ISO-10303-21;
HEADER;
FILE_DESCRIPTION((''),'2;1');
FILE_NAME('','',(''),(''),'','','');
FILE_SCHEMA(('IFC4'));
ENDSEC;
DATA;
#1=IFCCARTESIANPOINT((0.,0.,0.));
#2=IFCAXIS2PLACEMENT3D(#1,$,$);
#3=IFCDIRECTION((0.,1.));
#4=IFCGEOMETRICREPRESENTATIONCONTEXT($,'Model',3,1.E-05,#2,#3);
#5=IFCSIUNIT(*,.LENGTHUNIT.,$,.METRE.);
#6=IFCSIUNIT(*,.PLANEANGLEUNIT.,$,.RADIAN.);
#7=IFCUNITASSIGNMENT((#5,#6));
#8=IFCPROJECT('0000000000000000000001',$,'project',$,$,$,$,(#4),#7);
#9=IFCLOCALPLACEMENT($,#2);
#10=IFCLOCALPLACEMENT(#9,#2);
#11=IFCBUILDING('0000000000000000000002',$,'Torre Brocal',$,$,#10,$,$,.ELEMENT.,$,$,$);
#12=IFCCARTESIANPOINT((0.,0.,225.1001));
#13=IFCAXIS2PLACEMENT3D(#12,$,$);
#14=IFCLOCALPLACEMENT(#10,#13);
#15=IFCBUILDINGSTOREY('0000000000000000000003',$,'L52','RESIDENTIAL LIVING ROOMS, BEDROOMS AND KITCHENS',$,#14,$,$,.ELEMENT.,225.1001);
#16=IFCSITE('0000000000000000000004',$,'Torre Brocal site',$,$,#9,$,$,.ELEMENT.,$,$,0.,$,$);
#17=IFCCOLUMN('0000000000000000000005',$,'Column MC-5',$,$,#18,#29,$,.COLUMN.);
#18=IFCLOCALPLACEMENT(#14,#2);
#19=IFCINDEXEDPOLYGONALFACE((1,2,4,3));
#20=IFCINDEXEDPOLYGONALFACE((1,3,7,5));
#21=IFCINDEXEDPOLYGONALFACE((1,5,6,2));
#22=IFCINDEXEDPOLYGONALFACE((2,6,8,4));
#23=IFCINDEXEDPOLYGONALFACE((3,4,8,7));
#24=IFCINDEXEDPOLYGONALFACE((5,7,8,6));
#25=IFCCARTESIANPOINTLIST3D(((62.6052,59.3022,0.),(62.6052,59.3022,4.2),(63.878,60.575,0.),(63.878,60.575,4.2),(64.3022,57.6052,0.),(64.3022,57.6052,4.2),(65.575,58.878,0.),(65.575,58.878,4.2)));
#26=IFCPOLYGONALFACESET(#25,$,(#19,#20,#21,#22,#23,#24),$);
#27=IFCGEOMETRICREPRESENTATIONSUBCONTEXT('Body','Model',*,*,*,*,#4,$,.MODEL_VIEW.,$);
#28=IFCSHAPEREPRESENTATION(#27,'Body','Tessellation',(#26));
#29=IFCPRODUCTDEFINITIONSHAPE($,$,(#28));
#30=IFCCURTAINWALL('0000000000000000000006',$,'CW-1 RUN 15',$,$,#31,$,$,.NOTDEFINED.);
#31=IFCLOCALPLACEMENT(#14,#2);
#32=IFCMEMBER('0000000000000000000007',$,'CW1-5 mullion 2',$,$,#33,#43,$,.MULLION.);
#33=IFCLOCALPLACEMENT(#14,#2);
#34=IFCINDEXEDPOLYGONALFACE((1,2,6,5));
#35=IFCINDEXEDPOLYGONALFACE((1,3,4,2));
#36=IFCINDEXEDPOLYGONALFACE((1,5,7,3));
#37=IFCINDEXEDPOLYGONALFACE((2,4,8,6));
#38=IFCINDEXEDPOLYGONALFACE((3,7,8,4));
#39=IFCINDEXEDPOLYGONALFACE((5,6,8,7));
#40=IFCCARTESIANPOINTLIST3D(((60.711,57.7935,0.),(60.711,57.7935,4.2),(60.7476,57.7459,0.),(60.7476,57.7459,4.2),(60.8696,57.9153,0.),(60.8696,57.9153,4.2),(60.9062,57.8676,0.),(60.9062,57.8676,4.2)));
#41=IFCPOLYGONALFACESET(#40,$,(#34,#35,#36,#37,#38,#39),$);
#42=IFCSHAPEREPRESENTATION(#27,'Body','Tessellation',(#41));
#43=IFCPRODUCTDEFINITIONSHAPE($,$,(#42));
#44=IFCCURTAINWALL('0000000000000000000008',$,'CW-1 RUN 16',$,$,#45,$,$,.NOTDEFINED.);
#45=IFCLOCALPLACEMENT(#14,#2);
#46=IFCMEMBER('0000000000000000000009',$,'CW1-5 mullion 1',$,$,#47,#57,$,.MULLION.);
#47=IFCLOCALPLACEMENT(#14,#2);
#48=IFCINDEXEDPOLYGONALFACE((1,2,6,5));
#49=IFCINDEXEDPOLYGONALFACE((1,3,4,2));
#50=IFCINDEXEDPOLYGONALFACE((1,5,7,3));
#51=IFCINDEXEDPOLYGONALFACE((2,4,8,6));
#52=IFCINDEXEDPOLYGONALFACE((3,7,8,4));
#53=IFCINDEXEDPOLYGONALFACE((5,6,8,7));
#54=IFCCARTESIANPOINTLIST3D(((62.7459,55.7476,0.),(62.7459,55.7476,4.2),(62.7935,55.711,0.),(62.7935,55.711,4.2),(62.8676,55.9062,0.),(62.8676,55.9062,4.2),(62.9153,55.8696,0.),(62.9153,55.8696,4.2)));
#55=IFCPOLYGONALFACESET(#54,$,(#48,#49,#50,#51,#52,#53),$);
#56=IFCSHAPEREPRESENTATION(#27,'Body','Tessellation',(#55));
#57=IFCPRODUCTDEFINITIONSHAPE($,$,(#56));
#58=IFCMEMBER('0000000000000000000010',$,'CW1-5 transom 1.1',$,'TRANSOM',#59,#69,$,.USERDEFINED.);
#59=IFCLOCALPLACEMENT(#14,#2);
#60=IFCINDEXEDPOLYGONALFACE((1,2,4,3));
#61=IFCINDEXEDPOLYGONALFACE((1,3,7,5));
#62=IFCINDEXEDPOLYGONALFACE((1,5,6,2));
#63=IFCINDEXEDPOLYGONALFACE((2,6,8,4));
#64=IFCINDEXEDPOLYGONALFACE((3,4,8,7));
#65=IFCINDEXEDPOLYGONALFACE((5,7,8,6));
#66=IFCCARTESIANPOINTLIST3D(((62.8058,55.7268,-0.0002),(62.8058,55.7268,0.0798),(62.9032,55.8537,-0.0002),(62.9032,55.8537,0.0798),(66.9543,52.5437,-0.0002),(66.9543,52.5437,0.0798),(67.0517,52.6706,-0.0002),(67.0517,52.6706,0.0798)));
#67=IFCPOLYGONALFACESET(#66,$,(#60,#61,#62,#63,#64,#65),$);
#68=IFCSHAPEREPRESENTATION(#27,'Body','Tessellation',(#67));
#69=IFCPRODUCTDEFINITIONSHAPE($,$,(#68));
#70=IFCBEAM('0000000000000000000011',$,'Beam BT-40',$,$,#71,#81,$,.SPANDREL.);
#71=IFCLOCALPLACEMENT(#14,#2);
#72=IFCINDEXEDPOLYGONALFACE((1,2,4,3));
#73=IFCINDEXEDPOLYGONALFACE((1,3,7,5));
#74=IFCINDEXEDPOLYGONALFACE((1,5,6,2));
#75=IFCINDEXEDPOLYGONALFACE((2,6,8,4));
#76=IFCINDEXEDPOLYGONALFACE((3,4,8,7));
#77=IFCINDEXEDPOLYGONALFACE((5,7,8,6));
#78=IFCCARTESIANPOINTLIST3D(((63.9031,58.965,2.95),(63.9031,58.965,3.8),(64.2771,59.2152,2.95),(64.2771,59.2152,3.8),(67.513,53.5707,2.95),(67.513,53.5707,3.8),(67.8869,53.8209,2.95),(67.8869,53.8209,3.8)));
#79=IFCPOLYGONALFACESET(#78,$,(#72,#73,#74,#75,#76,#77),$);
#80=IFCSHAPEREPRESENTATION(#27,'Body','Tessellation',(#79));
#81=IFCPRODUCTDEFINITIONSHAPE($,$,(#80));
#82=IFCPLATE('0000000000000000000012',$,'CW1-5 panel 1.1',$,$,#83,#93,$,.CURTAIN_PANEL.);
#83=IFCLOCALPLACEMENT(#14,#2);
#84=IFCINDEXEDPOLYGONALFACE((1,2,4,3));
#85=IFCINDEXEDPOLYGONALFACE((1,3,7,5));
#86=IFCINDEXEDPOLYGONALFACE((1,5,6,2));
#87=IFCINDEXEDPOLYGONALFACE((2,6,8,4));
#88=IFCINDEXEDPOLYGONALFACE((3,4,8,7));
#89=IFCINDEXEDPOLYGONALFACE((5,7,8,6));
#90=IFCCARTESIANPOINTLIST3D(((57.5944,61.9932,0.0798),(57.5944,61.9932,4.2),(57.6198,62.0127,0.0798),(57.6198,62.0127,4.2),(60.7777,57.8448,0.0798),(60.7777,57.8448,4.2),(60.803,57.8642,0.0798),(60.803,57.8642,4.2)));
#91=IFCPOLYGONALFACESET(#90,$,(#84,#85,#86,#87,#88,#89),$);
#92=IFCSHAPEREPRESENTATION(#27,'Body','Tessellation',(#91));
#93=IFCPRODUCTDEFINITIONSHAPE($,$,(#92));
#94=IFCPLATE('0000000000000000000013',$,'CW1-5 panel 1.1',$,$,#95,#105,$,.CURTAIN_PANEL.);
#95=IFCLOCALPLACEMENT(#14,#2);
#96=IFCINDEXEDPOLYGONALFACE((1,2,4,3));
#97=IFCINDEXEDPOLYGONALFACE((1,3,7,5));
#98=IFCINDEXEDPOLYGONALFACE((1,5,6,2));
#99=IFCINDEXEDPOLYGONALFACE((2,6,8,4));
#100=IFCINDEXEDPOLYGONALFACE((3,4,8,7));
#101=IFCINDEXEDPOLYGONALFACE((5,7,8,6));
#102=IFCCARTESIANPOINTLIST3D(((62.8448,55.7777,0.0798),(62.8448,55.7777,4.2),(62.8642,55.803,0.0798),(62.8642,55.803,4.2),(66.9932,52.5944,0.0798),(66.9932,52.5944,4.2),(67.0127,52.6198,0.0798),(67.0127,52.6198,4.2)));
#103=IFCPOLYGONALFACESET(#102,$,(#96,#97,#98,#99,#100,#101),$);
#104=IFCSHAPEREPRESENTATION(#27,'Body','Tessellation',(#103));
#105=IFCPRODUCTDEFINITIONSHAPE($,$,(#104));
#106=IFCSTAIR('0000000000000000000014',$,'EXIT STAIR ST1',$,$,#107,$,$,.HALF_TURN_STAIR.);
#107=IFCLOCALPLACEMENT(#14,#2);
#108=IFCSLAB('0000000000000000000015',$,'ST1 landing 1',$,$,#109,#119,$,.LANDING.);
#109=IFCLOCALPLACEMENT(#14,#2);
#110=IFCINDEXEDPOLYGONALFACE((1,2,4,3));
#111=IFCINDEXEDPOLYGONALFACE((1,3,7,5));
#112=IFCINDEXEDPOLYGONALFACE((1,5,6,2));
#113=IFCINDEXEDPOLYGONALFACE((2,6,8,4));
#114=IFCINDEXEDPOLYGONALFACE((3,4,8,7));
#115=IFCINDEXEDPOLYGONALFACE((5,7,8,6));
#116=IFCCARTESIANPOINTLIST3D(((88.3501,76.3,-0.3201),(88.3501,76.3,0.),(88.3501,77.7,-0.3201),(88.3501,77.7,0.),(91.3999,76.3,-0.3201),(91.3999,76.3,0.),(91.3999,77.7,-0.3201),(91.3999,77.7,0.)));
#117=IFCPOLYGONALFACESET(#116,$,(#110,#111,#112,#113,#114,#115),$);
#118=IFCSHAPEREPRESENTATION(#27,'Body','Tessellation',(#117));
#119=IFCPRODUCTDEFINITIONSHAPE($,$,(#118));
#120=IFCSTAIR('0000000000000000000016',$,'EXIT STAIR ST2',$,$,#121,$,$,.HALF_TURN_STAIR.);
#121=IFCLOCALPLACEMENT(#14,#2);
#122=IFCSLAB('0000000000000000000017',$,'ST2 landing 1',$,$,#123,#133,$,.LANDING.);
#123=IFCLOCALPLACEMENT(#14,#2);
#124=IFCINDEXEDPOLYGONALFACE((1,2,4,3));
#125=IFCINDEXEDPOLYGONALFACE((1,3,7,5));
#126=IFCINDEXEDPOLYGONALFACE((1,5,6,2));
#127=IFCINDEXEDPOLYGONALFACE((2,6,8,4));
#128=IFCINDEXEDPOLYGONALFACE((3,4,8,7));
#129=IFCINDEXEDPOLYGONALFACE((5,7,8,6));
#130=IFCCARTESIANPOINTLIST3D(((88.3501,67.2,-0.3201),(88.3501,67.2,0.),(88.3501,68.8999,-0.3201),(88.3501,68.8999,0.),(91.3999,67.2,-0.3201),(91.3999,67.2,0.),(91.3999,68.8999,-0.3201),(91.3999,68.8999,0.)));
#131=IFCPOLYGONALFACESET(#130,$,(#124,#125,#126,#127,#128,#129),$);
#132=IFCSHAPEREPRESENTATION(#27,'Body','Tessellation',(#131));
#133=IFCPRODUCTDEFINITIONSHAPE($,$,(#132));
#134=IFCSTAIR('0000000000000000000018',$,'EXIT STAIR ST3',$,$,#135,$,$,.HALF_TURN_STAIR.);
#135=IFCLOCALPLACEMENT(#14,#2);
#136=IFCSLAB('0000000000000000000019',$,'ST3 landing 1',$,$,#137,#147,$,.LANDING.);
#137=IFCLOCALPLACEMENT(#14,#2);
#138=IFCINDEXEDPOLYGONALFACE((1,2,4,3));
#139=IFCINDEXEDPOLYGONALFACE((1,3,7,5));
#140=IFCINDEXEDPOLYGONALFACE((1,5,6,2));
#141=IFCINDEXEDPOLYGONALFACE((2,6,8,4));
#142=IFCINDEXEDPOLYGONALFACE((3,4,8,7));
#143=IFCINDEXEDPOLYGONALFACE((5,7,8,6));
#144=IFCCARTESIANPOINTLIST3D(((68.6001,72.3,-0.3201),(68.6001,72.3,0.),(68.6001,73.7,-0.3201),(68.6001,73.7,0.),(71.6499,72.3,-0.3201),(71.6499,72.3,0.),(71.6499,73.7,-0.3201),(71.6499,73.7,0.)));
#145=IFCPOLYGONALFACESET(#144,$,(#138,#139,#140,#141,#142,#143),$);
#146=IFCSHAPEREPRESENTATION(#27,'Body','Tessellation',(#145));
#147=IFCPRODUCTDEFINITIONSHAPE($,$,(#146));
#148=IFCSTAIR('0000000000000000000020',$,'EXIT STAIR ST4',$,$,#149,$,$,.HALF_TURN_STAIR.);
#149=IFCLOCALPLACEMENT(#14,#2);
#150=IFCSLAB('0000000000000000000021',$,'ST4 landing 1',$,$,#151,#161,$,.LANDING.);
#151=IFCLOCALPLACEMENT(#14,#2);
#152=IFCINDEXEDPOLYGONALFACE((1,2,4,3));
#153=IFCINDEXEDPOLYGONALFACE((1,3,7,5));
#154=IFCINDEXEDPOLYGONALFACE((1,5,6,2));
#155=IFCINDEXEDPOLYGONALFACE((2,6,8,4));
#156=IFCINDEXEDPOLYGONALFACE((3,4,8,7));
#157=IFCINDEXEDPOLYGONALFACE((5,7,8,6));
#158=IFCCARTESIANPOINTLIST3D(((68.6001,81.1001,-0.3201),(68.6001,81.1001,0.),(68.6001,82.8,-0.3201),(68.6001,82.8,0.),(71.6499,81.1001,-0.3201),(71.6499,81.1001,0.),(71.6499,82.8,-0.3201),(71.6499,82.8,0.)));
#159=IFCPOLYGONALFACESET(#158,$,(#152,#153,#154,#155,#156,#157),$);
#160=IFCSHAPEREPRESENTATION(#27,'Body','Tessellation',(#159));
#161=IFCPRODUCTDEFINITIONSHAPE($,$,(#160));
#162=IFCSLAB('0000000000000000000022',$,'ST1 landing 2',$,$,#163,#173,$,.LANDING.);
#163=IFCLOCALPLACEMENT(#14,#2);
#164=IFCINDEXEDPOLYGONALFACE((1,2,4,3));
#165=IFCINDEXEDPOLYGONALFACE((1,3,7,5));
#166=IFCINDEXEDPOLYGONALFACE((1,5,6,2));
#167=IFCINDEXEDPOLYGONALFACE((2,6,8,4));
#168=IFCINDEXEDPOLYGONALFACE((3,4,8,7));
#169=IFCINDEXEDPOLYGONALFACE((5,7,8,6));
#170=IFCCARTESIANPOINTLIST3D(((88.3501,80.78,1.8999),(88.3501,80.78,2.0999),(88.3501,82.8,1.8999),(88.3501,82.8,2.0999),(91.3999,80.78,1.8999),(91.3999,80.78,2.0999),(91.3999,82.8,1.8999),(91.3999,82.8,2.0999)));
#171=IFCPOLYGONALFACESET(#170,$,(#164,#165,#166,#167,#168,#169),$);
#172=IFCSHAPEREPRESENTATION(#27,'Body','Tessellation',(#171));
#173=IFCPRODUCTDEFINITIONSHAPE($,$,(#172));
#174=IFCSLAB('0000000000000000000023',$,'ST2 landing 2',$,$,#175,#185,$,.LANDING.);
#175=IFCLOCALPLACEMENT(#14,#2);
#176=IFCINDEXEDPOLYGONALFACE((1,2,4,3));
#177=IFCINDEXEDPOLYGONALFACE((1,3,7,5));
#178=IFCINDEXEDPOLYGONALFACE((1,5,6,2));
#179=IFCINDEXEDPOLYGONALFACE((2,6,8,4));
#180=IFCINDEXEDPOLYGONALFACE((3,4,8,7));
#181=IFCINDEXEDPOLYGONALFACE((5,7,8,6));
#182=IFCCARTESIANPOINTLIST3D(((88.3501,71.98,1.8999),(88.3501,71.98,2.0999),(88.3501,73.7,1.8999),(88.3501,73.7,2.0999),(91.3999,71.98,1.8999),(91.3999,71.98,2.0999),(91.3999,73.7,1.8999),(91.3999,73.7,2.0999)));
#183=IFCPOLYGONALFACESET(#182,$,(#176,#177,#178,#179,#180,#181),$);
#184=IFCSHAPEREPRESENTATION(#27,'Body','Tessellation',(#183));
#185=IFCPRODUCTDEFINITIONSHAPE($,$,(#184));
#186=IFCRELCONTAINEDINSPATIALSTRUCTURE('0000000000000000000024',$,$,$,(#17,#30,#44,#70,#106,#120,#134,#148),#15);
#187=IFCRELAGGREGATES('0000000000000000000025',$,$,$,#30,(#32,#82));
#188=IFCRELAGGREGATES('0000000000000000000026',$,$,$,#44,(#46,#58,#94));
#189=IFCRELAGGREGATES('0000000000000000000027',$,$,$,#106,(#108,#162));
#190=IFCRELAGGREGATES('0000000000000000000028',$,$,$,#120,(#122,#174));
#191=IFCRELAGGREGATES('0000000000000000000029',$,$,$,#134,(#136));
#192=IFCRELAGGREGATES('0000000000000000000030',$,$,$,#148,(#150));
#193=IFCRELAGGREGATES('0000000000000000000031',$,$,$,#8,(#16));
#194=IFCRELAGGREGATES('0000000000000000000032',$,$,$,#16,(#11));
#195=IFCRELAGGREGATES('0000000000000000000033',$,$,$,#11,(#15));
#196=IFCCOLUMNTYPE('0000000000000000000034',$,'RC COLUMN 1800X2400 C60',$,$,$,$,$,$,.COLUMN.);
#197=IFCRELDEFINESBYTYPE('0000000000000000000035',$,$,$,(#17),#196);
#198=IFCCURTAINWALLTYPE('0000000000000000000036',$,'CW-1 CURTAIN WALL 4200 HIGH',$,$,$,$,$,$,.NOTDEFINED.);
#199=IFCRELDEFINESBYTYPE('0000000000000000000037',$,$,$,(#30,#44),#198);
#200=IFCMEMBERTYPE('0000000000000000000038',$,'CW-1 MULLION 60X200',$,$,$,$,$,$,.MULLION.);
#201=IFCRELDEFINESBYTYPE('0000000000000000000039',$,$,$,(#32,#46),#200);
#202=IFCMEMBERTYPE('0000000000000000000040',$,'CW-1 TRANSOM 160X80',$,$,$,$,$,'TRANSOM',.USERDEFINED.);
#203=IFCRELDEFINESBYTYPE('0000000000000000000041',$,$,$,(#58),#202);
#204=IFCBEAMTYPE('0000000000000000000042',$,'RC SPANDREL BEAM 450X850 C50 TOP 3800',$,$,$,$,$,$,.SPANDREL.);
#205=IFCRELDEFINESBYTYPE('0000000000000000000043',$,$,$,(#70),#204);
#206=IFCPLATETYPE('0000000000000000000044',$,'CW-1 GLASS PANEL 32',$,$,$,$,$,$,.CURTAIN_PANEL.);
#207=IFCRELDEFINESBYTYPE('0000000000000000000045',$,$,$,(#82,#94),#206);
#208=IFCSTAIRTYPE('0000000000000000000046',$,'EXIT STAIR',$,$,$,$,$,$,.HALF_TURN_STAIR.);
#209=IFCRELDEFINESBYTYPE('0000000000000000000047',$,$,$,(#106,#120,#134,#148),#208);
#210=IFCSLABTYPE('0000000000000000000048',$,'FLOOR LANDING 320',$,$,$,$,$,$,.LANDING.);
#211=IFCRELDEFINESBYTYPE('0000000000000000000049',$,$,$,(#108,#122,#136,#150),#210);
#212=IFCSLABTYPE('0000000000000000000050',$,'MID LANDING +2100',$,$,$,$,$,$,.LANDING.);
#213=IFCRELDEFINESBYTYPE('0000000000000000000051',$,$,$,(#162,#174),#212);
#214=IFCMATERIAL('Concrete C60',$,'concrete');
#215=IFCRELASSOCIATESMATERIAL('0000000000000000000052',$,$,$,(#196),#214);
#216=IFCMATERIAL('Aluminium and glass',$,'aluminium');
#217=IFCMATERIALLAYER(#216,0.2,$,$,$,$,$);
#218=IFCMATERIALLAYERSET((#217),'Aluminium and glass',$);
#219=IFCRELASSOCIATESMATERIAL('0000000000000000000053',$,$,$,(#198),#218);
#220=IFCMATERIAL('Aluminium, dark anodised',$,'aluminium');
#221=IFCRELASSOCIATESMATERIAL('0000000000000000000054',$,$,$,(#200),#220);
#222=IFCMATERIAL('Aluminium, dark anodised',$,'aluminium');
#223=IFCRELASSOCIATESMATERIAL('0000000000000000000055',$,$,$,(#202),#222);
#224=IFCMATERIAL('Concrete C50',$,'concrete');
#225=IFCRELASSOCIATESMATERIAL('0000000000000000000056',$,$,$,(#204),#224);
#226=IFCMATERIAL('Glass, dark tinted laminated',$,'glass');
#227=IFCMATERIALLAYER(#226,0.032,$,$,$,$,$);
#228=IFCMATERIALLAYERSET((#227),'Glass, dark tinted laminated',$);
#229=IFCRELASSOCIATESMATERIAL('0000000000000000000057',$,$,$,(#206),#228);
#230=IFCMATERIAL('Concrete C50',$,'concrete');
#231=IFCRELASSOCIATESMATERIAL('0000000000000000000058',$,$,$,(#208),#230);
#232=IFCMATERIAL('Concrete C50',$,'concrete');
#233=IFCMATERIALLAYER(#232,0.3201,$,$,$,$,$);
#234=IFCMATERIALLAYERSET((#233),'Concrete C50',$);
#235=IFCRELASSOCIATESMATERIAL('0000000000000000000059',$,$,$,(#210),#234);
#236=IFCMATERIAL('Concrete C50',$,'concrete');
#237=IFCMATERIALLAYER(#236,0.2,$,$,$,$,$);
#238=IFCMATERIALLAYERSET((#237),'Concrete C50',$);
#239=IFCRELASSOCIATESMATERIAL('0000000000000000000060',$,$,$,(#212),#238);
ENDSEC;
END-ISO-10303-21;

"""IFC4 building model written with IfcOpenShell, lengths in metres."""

from ifc_helpers import new_model, si_unit, direction, frame, origin, origin_2d, place, context, subcontext, project, spatial, polyline, rectangle, outline, extrude, material, layer, layer_set, material_profile, profile_set, type_object, element, aggregate, save


model = new_model("IFC4")

# Units and contexts
model_context = context("Model", 3, precision=1e-05, world=origin(), true_north=direction((0.0, 1.0)))
body_context = subcontext(model_context, "Body", "Model", "MODEL_VIEW")
ifc_project = project(units=[si_unit("LENGTHUNIT", "METRE"), si_unit("PLANEANGLEUNIT", "RADIAN")], contexts=[model_context])

# Site, building, storey
site_placement = place(None, origin())
site = spatial("IfcSite", under=ifc_project, at=site_placement, Name="Torre Brocal site", CompositionType="ELEMENT", RefElevation=0.0)
building_placement = place(site_placement, origin())
building = spatial("IfcBuilding", under=site, at=building_placement, Name="Torre Brocal", CompositionType="ELEMENT")
storey_placement = place(building_placement, frame((0.0, 0.0, 225.1001)))
storey = spatial("IfcBuildingStorey", under=building, at=storey_placement, Name="L52", Description="RESIDENTIAL LIVING ROOMS, BEDROOMS AND KITCHENS", CompositionType="ELEMENT", Elevation=225.1001)

# Column
ifc_material_1 = material(Name="Concrete C60", Category="concrete")
ifc_material_profile_1 = material_profile(ifc_material_1, rectangle(XDim=1.8, YDim=2.3999, at=origin_2d()), Name="RC 1800X2400")
ifc_profile_set_1 = profile_set([ifc_material_profile_1], Name="Concrete C60")
column_type = type_object("IfcColumnType", Name="RC COLUMN 1800X2400 C60", PredefinedType="COLUMN", material=ifc_profile_set_1)
column_placement = place(storey_placement, frame((64.0901, 59.0901, 0.0), z_axis=(0.0, 0.0, 1.0), x_axis=(-0.707107, -0.707107, 0.0)))
element("IfcColumn", 1, at=column_placement, inside=storey, type_object=column_type, Name="Column MC-5", PredefinedType="COLUMN", context=body_context, shape_type="SweptSolid", body=[
    extrude(rectangle(XDim=1.8, YDim=2.3999, at=origin_2d()), origin(), (0.0, 0.0, 1.0), 4.2),
])

# Curtain wall, member
ifc_material_2 = material(Name="Aluminium and glass", Category="aluminium")
ifc_layer_1 = layer(ifc_material_2, 0.2)
ifc_layer_set_1 = layer_set([ifc_layer_1], Name="Aluminium and glass")
curtain_wall_type = type_object("IfcCurtainWallType", Name="CW-1 CURTAIN WALL 4200 HIGH", PredefinedType="NOTDEFINED", material=ifc_layer_set_1)
curtain_wall_1_placement = place(storey_placement, origin())
curtain_wall_1 = element("IfcCurtainWall", 2, at=curtain_wall_1_placement, inside=storey, type_object=curtain_wall_type, Name="CW-1 RUN 15", PredefinedType="NOTDEFINED")
ifc_material_3 = material(Name="Aluminium, dark anodised", Category="aluminium")
ifc_material_profile_2 = material_profile(ifc_material_3, rectangle(XDim=0.2, YDim=0.0601, at=origin_2d()), Name="CW-1 MULLION 60X200")
ifc_profile_set_2 = profile_set([ifc_material_profile_2], Name="Aluminium, dark anodised")
member_type_1 = type_object("IfcMemberType", Name="CW-1 MULLION 60X200", PredefinedType="MULLION", material=ifc_profile_set_2)
member_1_placement = place(storey_placement, frame((60.8086, 57.8306, 0.0), z_axis=(0.0, 0.0, 1.0), x_axis=(0.793353, 0.608761, 0.0)))
member_1 = element("IfcMember", 3, at=member_1_placement, type_object=member_type_1, Name="CW1-5 mullion 2", PredefinedType="MULLION", context=body_context, shape_type="SweptSolid", body=[
    extrude(rectangle(XDim=0.2, YDim=0.0601, at=origin_2d()), origin(), (0.0, 0.0, 1.0), 4.2),
])

# Curtain wall, members
curtain_wall_2_placement = place(storey_placement, origin())
curtain_wall_2 = element("IfcCurtainWall", 4, at=curtain_wall_2_placement, inside=storey, type_object=curtain_wall_type, Name="CW-1 RUN 16", PredefinedType="NOTDEFINED")
member_2_placement = place(storey_placement, frame((62.8306, 55.8086, 0.0), z_axis=(0.0, 0.0, 1.0), x_axis=(0.608761, 0.793353, 0.0)))
member_2 = element("IfcMember", 5, at=member_2_placement, type_object=member_type_1, Name="CW1-5 mullion 1", PredefinedType="MULLION", context=body_context, shape_type="SweptSolid", body=[
    extrude(rectangle(XDim=0.2, YDim=0.0601, at=origin_2d()), origin(), (0.0, 0.0, 1.0), 4.2),
])
ifc_material_4 = material(Name="Aluminium, dark anodised", Category="aluminium")
ifc_material_profile_3 = material_profile(ifc_material_4, rectangle(XDim=0.1599, YDim=0.0801, at=origin_2d()), Name="CW-1 TRANSOM 160X80")
ifc_profile_set_3 = profile_set([ifc_material_profile_3], Name="Aluminium, dark anodised")
member_type_2 = type_object("IfcMemberType", Name="CW-1 TRANSOM 160X80", ElementType="TRANSOM", PredefinedType="USERDEFINED", material=ifc_profile_set_3)
member_3_placement = place(storey_placement, frame((62.8545, 55.7903, 0.0398), z_axis=(0.793363, -0.608749, 0.0), x_axis=(0.608749, 0.793363, 0.0)))
member_3 = element("IfcMember", 6, at=member_3_placement, type_object=member_type_2, Name="CW1-5 transom 1.1", ObjectType="TRANSOM", PredefinedType="USERDEFINED", context=body_context, shape_type="SweptSolid", body=[
    extrude(rectangle(XDim=0.1599, YDim=0.0801, at=origin_2d()), origin(), (0.0, 0.0, 1.0), 5.229),
])

# Beam
ifc_material_5 = material(Name="Concrete C50", Category="concrete")
ifc_material_profile_4 = material_profile(ifc_material_5, rectangle(XDim=0.45, YDim=0.8501, at=origin_2d()), Name="RC 450X850")
ifc_profile_set_4 = profile_set([ifc_material_profile_4], Name="Concrete C50")
beam_type = type_object("IfcBeamType", Name="RC SPANDREL BEAM 450X850 C50 TOP 3800", PredefinedType="SPANDREL", material=ifc_profile_set_4)
beam_placement = place(storey_placement, frame((64.0901, 59.0901, 3.375), z_axis=(0.556158, -0.831077, 0.0), x_axis=(0.831077, 0.556158, 0.0)))
element("IfcBeam", 7, at=beam_placement, inside=storey, type_object=beam_type, Name="Beam BT-40", PredefinedType="SPANDREL", context=body_context, shape_type="SweptSolid", body=[
    extrude(rectangle(XDim=0.45, YDim=0.8501, at=origin_2d()), origin(), (0.0, 0.0, 1.0), 6.4907),
])

# Plates
ifc_material_6 = material(Name="Glass, dark tinted laminated", Category="glass")
ifc_layer_2 = layer(ifc_material_6, 0.032)
ifc_layer_set_2 = layer_set([ifc_layer_2], Name="Glass, dark tinted laminated")
plate_type = type_object("IfcPlateType", Name="CW-1 GLASS PANEL 32", PredefinedType="CURTAIN_PANEL", material=ifc_layer_set_2)
plate_1_placement = place(storey_placement, frame((59.1987, 59.9287, 0.0798), z_axis=(0.0, 0.0, 1.0), x_axis=(0.608761, -0.793353, 0.0)))
plate_1 = element("IfcPlate", 8, at=plate_1_placement, type_object=plate_type, Name="CW1-5 panel 1.1", PredefinedType="CURTAIN_PANEL", context=body_context, shape_type="SweptSolid", body=[
    extrude(rectangle(XDim=5.229, YDim=0.032, at=origin_2d()), origin(), (0.0, 0.0, 1.0), 4.1201),
])
aggregate(curtain_wall_1, [member_1, plate_1])
plate_2_placement = place(storey_placement, frame((64.9287, 54.1987, 0.0798), z_axis=(0.0, 0.0, 1.0), x_axis=(0.793353, -0.608761, 0.0)))
plate_2 = element("IfcPlate", 9, at=plate_2_placement, type_object=plate_type, Name="CW1-5 panel 1.1", PredefinedType="CURTAIN_PANEL", context=body_context, shape_type="SweptSolid", body=[
    extrude(rectangle(XDim=5.229, YDim=0.032, at=origin_2d()), origin(), (0.0, 0.0, 1.0), 4.1201),
])
aggregate(curtain_wall_2, [member_2, member_3, plate_2])

# Stairs, slabs
ifc_material_7 = material(Name="Concrete C50", Category="concrete")
stair_type = type_object("IfcStairType", Name="EXIT STAIR", PredefinedType="HALF_TURN_STAIR", material=ifc_material_7)
stair_1_placement = place(storey_placement, origin())
stair_1 = element("IfcStair", 10, at=stair_1_placement, inside=storey, type_object=stair_type, Name="EXIT STAIR ST1", PredefinedType="HALF_TURN_STAIR")
ifc_material_8 = material(Name="Concrete C50", Category="concrete")
ifc_layer_3 = layer(ifc_material_8, 0.3201)
ifc_layer_set_3 = layer_set([ifc_layer_3], Name="Concrete C50")
slab_type_1 = type_object("IfcSlabType", Name="FLOOR LANDING 320", PredefinedType="LANDING", material=ifc_layer_set_3)
slab_1_placement = place(storey_placement, frame((0.0, 0.0, -0.3201)))
slab_1 = element("IfcSlab", 11, at=slab_1_placement, type_object=slab_type_1, Name="ST1 landing 1", PredefinedType="LANDING", context=body_context, shape_type="SweptSolid", body=[
    extrude(outline(polyline([(88.3501, 76.3), (91.3999, 76.3), (91.3999, 77.7), (88.3501, 77.7), (88.3501, 76.3)])), origin(), (0.0, 0.0, 1.0), 0.3201),
])
stair_2_placement = place(storey_placement, origin())
stair_2 = element("IfcStair", 12, at=stair_2_placement, inside=storey, type_object=stair_type, Name="EXIT STAIR ST2", PredefinedType="HALF_TURN_STAIR")
slab_2_placement = place(storey_placement, frame((0.0, 0.0, -0.3201)))
slab_2 = element("IfcSlab", 13, at=slab_2_placement, type_object=slab_type_1, Name="ST2 landing 1", PredefinedType="LANDING", context=body_context, shape_type="SweptSolid", body=[
    extrude(outline(polyline([(88.3501, 67.2), (91.3999, 67.2), (91.3999, 68.8999), (88.3501, 68.8999), (88.3501, 67.2)])), origin(), (0.0, 0.0, 1.0), 0.3201),
])
stair_3_placement = place(storey_placement, origin())
stair_3 = element("IfcStair", 14, at=stair_3_placement, inside=storey, type_object=stair_type, Name="EXIT STAIR ST3", PredefinedType="HALF_TURN_STAIR")
slab_3_placement = place(storey_placement, frame((0.0, 0.0, -0.3201)))
slab_3 = element("IfcSlab", 15, at=slab_3_placement, type_object=slab_type_1, Name="ST3 landing 1", PredefinedType="LANDING", context=body_context, shape_type="SweptSolid", body=[
    extrude(outline(polyline([(71.6499, 73.7), (68.6001, 73.7), (68.6001, 72.3), (71.6499, 72.3), (71.6499, 73.7)])), origin(), (0.0, 0.0, 1.0), 0.3201),
])
stair_4_placement = place(storey_placement, origin())
stair_4 = element("IfcStair", 16, at=stair_4_placement, inside=storey, type_object=stair_type, Name="EXIT STAIR ST4", PredefinedType="HALF_TURN_STAIR")
slab_4_placement = place(storey_placement, frame((0.0, 0.0, -0.3201)))
slab_4 = element("IfcSlab", 17, at=slab_4_placement, type_object=slab_type_1, Name="ST4 landing 1", PredefinedType="LANDING", context=body_context, shape_type="SweptSolid", body=[
    extrude(outline(polyline([(71.6499, 82.8), (68.6001, 82.8), (68.6001, 81.1001), (71.6499, 81.1001), (71.6499, 82.8)])), origin(), (0.0, 0.0, 1.0), 0.3201),
])

# Slabs
ifc_material_9 = material(Name="Concrete C50", Category="concrete")
ifc_layer_4 = layer(ifc_material_9, 0.2)
ifc_layer_set_4 = layer_set([ifc_layer_4], Name="Concrete C50")
slab_type_2 = type_object("IfcSlabType", Name="MID LANDING +2100", PredefinedType="LANDING", material=ifc_layer_set_4)
slab_5_placement = place(storey_placement, frame((0.0, 0.0, 1.8999)))
slab_5 = element("IfcSlab", 18, at=slab_5_placement, type_object=slab_type_2, Name="ST1 landing 2", PredefinedType="LANDING", context=body_context, shape_type="SweptSolid", body=[
    extrude(outline(polyline([(88.3501, 80.78), (91.3999, 80.78), (91.3999, 82.8), (88.3501, 82.8), (88.3501, 80.78)])), origin(), (0.0, 0.0, 1.0), 0.2),
])
aggregate(stair_1, [slab_1, slab_5])
slab_6_placement = place(storey_placement, frame((0.0, 0.0, 1.8999)))
slab_6 = element("IfcSlab", 19, at=slab_6_placement, type_object=slab_type_2, Name="ST2 landing 2", PredefinedType="LANDING", context=body_context, shape_type="SweptSolid", body=[
    extrude(outline(polyline([(88.3501, 71.98), (91.3999, 71.98), (91.3999, 73.7), (88.3501, 73.7), (88.3501, 71.98)])), origin(), (0.0, 0.0, 1.0), 0.2),
])
aggregate(stair_2, [slab_2, slab_6])
aggregate(stair_3, [slab_3])
aggregate(stair_4, [slab_4])

save(model, "model.ifc")
